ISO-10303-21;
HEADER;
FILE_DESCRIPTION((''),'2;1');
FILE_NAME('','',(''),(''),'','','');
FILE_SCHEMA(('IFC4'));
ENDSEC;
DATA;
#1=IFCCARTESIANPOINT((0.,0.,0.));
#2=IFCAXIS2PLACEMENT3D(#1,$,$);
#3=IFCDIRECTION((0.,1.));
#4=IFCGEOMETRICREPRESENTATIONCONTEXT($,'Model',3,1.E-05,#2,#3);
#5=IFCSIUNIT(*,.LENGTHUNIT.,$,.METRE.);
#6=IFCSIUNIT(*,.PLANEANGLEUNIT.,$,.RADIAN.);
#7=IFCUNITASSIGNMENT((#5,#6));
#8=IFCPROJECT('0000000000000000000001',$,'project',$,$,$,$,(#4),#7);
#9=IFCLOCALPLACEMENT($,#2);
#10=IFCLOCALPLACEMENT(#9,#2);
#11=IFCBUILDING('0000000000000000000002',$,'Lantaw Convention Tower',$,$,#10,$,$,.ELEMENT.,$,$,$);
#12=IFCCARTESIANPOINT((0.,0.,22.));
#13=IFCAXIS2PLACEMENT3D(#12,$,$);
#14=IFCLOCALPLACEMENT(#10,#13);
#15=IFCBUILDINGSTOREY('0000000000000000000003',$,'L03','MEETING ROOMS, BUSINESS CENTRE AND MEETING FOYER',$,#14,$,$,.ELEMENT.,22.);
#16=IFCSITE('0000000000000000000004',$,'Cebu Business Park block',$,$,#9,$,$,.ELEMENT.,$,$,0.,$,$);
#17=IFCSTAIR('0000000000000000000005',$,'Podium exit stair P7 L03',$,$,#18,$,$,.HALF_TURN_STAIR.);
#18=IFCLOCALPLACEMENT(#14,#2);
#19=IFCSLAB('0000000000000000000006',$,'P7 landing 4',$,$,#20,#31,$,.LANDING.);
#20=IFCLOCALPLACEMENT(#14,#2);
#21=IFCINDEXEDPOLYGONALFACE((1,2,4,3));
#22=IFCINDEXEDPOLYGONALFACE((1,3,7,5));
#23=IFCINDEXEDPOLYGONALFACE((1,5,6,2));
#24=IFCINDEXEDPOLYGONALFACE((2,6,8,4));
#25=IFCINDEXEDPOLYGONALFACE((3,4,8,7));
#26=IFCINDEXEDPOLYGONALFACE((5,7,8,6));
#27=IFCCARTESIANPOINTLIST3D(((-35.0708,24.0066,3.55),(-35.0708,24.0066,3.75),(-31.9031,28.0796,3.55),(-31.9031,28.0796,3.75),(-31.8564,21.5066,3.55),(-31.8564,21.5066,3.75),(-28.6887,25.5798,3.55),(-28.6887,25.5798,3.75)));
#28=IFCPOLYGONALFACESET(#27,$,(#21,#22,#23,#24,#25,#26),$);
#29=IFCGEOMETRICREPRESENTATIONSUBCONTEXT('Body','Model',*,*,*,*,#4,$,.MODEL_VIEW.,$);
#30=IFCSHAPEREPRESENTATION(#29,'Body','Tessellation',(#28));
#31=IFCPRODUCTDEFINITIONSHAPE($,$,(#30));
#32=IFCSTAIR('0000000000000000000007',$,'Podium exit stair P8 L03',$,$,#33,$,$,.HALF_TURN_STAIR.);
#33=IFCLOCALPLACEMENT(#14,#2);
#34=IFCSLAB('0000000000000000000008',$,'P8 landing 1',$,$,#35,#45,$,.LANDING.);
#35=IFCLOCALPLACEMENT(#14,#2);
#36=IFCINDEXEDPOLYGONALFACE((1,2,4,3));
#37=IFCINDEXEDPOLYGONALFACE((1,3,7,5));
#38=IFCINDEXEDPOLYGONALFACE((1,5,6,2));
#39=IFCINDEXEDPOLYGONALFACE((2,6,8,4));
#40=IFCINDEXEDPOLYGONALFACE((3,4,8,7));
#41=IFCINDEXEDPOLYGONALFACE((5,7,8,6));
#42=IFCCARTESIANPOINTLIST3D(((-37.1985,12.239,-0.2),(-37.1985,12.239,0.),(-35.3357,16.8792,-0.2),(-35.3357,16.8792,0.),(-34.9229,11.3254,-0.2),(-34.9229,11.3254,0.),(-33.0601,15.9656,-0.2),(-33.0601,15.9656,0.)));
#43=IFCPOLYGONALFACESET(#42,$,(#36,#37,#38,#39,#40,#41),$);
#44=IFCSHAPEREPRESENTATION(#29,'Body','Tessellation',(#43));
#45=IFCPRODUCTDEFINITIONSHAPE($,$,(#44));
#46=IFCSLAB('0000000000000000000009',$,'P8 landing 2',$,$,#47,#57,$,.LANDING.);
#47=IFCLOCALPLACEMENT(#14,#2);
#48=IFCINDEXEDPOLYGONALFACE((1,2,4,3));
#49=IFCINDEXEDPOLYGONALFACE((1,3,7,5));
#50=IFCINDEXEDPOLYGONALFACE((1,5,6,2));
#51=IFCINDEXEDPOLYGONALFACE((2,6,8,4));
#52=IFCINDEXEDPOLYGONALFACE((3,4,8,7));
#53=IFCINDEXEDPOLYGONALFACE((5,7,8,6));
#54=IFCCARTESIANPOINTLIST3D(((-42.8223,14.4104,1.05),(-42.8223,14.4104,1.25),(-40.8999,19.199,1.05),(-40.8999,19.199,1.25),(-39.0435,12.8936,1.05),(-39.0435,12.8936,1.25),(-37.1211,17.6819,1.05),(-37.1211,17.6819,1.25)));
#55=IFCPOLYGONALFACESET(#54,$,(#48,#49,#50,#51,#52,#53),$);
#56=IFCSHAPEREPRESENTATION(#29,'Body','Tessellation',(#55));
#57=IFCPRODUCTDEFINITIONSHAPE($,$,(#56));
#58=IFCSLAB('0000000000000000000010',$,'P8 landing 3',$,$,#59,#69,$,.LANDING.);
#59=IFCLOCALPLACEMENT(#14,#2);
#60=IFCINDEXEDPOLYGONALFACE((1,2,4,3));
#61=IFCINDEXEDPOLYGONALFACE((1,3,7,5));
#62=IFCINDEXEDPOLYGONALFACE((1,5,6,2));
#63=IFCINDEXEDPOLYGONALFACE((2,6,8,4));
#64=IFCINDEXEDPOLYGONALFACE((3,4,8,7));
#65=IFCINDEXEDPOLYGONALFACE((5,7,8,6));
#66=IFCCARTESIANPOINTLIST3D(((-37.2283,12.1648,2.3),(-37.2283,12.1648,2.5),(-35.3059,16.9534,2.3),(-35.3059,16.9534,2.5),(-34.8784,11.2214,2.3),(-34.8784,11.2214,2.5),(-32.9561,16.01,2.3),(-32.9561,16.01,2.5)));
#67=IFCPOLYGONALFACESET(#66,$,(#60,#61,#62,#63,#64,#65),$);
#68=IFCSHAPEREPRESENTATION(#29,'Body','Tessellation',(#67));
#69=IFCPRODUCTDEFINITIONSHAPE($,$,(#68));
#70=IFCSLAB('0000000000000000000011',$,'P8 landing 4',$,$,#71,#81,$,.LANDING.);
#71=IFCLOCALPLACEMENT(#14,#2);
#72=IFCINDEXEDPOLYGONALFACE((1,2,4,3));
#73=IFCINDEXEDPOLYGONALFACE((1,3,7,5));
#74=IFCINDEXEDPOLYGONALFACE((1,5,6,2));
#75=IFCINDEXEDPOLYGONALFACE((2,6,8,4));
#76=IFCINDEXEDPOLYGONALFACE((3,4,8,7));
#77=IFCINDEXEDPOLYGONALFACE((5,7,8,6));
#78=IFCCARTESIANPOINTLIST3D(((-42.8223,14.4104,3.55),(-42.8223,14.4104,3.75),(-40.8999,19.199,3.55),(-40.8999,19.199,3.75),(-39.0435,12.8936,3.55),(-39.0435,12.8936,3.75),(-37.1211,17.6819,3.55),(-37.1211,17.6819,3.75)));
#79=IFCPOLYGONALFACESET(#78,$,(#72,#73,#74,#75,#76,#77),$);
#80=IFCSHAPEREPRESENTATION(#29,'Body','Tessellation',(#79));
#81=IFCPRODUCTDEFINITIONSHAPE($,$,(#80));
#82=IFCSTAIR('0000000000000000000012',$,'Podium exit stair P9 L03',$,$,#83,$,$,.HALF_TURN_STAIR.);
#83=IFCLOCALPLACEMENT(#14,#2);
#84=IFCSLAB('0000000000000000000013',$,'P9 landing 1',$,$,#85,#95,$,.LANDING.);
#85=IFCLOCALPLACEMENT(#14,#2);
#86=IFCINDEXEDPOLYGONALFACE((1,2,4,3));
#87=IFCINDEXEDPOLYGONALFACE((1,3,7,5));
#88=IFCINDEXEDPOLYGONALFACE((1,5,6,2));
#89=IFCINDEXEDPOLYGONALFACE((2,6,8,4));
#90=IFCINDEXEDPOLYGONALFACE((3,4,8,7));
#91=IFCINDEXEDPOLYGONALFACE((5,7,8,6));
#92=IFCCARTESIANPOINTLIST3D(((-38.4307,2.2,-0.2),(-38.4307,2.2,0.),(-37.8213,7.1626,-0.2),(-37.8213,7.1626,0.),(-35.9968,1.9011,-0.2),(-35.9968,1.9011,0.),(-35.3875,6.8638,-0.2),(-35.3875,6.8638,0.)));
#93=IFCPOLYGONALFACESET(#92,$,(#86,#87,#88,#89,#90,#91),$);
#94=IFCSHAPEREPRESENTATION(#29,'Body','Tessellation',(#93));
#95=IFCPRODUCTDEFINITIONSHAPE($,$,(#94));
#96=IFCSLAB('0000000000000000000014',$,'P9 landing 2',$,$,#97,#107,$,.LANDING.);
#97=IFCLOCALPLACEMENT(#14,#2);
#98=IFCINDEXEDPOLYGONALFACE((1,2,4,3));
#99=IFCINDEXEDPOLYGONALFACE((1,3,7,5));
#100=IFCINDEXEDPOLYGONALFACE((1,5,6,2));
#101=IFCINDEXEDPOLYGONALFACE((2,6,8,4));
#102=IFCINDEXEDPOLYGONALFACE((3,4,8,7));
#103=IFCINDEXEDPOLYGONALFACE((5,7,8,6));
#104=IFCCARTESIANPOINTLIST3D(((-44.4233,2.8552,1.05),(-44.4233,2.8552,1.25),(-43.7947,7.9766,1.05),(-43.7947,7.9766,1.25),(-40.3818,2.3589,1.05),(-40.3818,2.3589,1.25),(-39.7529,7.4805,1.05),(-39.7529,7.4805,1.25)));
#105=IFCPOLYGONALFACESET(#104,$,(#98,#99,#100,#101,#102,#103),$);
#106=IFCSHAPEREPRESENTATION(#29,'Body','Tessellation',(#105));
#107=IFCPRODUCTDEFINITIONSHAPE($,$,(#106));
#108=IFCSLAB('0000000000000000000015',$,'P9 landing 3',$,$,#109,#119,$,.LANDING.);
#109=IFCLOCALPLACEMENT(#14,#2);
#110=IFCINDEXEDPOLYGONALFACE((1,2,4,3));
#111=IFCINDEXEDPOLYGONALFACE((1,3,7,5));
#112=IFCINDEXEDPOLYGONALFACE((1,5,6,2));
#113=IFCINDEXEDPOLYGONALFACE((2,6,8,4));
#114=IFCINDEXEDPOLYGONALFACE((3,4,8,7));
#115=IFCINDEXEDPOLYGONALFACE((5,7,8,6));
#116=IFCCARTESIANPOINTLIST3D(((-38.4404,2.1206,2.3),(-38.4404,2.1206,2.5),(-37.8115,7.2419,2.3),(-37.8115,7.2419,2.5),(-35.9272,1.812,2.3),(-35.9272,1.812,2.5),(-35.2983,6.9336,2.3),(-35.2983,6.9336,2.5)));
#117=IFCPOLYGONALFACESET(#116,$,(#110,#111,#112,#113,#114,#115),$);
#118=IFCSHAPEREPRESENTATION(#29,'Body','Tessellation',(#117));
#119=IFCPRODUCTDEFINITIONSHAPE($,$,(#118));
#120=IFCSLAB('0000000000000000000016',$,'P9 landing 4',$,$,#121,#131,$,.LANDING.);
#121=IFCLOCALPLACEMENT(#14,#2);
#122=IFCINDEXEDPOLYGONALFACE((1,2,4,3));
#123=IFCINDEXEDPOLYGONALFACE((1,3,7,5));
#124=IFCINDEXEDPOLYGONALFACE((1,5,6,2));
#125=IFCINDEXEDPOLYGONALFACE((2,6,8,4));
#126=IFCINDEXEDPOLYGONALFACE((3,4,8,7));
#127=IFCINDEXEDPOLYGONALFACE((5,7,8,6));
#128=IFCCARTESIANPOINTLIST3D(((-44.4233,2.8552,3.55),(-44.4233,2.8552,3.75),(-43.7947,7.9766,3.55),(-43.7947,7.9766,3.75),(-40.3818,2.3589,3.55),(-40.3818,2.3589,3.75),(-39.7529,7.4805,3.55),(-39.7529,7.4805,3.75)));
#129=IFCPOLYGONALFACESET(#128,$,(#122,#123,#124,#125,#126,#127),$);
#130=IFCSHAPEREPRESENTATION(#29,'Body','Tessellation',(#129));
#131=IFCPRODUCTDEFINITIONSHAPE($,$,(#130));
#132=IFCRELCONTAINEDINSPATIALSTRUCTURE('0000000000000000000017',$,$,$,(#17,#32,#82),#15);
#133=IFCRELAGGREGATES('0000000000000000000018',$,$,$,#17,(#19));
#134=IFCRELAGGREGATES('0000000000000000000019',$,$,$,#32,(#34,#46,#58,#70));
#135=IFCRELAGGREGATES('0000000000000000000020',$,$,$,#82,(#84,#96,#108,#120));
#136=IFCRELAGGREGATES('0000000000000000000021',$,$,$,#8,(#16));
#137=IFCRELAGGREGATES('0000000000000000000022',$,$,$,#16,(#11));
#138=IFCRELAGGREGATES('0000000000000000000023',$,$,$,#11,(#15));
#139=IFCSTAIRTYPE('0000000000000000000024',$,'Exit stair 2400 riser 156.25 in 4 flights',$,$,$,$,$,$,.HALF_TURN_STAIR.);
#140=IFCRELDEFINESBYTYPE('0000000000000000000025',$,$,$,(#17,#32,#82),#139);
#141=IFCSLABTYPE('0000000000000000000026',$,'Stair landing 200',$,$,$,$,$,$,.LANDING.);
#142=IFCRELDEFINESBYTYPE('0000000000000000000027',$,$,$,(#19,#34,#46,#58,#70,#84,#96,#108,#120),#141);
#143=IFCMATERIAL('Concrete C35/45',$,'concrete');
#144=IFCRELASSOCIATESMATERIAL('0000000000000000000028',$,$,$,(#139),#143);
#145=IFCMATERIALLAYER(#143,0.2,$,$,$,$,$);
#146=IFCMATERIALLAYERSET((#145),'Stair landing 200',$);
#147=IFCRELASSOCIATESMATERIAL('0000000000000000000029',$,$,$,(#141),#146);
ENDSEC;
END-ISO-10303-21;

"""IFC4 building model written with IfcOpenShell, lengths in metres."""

from ifc_helpers import new_model, si_unit, direction, frame, origin, place, context, subcontext, project, spatial, polyline, outline, extrude, material, layer, layer_set, type_object, element, aggregate, save


model = new_model("IFC4")

# Units and contexts
model_context = context("Model", 3, precision=1e-05, world=origin(), true_north=direction((0.0, 1.0)))
body_context = subcontext(model_context, "Body", "Model", "MODEL_VIEW")
ifc_project = project(units=[si_unit("LENGTHUNIT", "METRE"), si_unit("PLANEANGLEUNIT", "RADIAN")], contexts=[model_context])

# Site, building, storey
site_placement = place(None, origin())
site = spatial("IfcSite", under=ifc_project, at=site_placement, Name="Cebu Business Park block", CompositionType="ELEMENT", RefElevation=0.0)
building_placement = place(site_placement, origin())
building = spatial("IfcBuilding", under=site, at=building_placement, Name="Lantaw Convention Tower", CompositionType="ELEMENT")
storey_placement = place(building_placement, frame((0.0, 0.0, 22.0)))
storey = spatial("IfcBuildingStorey", under=building, at=storey_placement, Name="L03", Description="MEETING ROOMS, BUSINESS CENTRE AND MEETING FOYER", CompositionType="ELEMENT", Elevation=22.0)

# Stairs, slabs
ifc_material = material(Name="Concrete C35/45", Category="concrete")
stair_type = type_object("IfcStairType", Name="Exit stair 2400 riser 156.25 in 4 flights", PredefinedType="HALF_TURN_STAIR", material=ifc_material)
ifc_layer = layer(ifc_material, 0.2)
ifc_layer_set = layer_set([ifc_layer], Name="Stair landing 200")
slab_type = type_object("IfcSlabType", Name="Stair landing 200", PredefinedType="LANDING", material=ifc_layer_set)
stair_1_placement = place(storey_placement, origin())
stair_1 = element("IfcStair", 1, at=stair_1_placement, inside=storey, type_object=stair_type, Name="Podium exit stair P7 L03", PredefinedType="HALF_TURN_STAIR")
slab_1_placement = place(storey_placement, frame((0.0, 0.0, 3.55)))
slab_1 = element("IfcSlab", 2, at=slab_1_placement, type_object=slab_type, Name="P7 landing 4", PredefinedType="LANDING", context=body_context, shape_type="SweptSolid", body=[
    extrude(outline(polyline([(-28.6887, 25.5798), (-31.9031, 28.0796), (-35.0708, 24.0066), (-31.8564, 21.5066), (-28.6887, 25.5798)])), origin(), (0.0, 0.0, 1.0), 0.2),
])
aggregate(stair_1, [slab_1])
stair_2_placement = place(storey_placement, origin())
stair_2 = element("IfcStair", 3, at=stair_2_placement, inside=storey, type_object=stair_type, Name="Podium exit stair P8 L03", PredefinedType="HALF_TURN_STAIR")
slab_2_placement = place(storey_placement, frame((0.0, 0.0, -0.2)))
slab_2 = element("IfcSlab", 4, at=slab_2_placement, type_object=slab_type, Name="P8 landing 1", PredefinedType="LANDING", context=body_context, shape_type="SweptSolid", body=[
    extrude(outline(polyline([(-33.0601, 15.9656), (-35.3357, 16.8792), (-37.1985, 12.239), (-34.9229, 11.3254), (-33.0601, 15.9656)])), origin(), (0.0, 0.0, 1.0), 0.2),
])
slab_3_placement = place(storey_placement, frame((0.0, 0.0, 1.05)))
slab_3 = element("IfcSlab", 5, at=slab_3_placement, type_object=slab_type, Name="P8 landing 2", PredefinedType="LANDING", context=body_context, shape_type="SweptSolid", body=[
    extrude(outline(polyline([(-37.1211, 17.6819), (-40.8999, 19.199), (-42.8223, 14.4104), (-39.0435, 12.8936), (-37.1211, 17.6819)])), origin(), (0.0, 0.0, 1.0), 0.2),
])
slab_4_placement = place(storey_placement, frame((0.0, 0.0, 2.3)))
slab_4 = element("IfcSlab", 6, at=slab_4_placement, type_object=slab_type, Name="P8 landing 3", PredefinedType="LANDING", context=body_context, shape_type="SweptSolid", body=[
    extrude(outline(polyline([(-32.9561, 16.01), (-35.3059, 16.9534), (-37.2283, 12.1648), (-34.8784, 11.2214), (-32.9561, 16.01)])), origin(), (0.0, 0.0, 1.0), 0.2),
])
slab_5_placement = place(storey_placement, frame((0.0, 0.0, 3.55)))
slab_5 = element("IfcSlab", 7, at=slab_5_placement, type_object=slab_type, Name="P8 landing 4", PredefinedType="LANDING", context=body_context, shape_type="SweptSolid", body=[
    extrude(outline(polyline([(-37.1211, 17.6819), (-40.8999, 19.199), (-42.8223, 14.4104), (-39.0435, 12.8936), (-37.1211, 17.6819)])), origin(), (0.0, 0.0, 1.0), 0.2),
])
aggregate(stair_2, [slab_2, slab_3, slab_4, slab_5])
stair_3_placement = place(storey_placement, origin())
stair_3 = element("IfcStair", 8, at=stair_3_placement, inside=storey, type_object=stair_type, Name="Podium exit stair P9 L03", PredefinedType="HALF_TURN_STAIR")
slab_6_placement = place(storey_placement, frame((0.0, 0.0, -0.2)))
slab_6 = element("IfcSlab", 9, at=slab_6_placement, type_object=slab_type, Name="P9 landing 1", PredefinedType="LANDING", context=body_context, shape_type="SweptSolid", body=[
    extrude(outline(polyline([(-35.3875, 6.8638), (-37.8213, 7.1626), (-38.4307, 2.2), (-35.9968, 1.9011), (-35.3875, 6.8638)])), origin(), (0.0, 0.0, 1.0), 0.2),
])
slab_7_placement = place(storey_placement, frame((0.0, 0.0, 1.05)))
slab_7 = element("IfcSlab", 10, at=slab_7_placement, type_object=slab_type, Name="P9 landing 2", PredefinedType="LANDING", context=body_context, shape_type="SweptSolid", body=[
    extrude(outline(polyline([(-39.7529, 7.4805), (-43.7947, 7.9766), (-44.4233, 2.8552), (-40.3818, 2.3589), (-39.7529, 7.4805)])), origin(), (0.0, 0.0, 1.0), 0.2),
])
slab_8_placement = place(storey_placement, frame((0.0, 0.0, 2.3)))
slab_8 = element("IfcSlab", 11, at=slab_8_placement, type_object=slab_type, Name="P9 landing 3", PredefinedType="LANDING", context=body_context, shape_type="SweptSolid", body=[
    extrude(outline(polyline([(-35.2983, 6.9336), (-37.8115, 7.2419), (-38.4404, 2.1206), (-35.9272, 1.812), (-35.2983, 6.9336)])), origin(), (0.0, 0.0, 1.0), 0.2),
])
slab_9_placement = place(storey_placement, frame((0.0, 0.0, 3.55)))
slab_9 = element("IfcSlab", 12, at=slab_9_placement, type_object=slab_type, Name="P9 landing 4", PredefinedType="LANDING", context=body_context, shape_type="SweptSolid", body=[
    extrude(outline(polyline([(-39.7529, 7.4805), (-43.7947, 7.9766), (-44.4233, 2.8552), (-40.3818, 2.3589), (-39.7529, 7.4805)])), origin(), (0.0, 0.0, 1.0), 0.2),
])
aggregate(stair_3, [slab_6, slab_7, slab_8, slab_9])

save(model, "model.ifc")
